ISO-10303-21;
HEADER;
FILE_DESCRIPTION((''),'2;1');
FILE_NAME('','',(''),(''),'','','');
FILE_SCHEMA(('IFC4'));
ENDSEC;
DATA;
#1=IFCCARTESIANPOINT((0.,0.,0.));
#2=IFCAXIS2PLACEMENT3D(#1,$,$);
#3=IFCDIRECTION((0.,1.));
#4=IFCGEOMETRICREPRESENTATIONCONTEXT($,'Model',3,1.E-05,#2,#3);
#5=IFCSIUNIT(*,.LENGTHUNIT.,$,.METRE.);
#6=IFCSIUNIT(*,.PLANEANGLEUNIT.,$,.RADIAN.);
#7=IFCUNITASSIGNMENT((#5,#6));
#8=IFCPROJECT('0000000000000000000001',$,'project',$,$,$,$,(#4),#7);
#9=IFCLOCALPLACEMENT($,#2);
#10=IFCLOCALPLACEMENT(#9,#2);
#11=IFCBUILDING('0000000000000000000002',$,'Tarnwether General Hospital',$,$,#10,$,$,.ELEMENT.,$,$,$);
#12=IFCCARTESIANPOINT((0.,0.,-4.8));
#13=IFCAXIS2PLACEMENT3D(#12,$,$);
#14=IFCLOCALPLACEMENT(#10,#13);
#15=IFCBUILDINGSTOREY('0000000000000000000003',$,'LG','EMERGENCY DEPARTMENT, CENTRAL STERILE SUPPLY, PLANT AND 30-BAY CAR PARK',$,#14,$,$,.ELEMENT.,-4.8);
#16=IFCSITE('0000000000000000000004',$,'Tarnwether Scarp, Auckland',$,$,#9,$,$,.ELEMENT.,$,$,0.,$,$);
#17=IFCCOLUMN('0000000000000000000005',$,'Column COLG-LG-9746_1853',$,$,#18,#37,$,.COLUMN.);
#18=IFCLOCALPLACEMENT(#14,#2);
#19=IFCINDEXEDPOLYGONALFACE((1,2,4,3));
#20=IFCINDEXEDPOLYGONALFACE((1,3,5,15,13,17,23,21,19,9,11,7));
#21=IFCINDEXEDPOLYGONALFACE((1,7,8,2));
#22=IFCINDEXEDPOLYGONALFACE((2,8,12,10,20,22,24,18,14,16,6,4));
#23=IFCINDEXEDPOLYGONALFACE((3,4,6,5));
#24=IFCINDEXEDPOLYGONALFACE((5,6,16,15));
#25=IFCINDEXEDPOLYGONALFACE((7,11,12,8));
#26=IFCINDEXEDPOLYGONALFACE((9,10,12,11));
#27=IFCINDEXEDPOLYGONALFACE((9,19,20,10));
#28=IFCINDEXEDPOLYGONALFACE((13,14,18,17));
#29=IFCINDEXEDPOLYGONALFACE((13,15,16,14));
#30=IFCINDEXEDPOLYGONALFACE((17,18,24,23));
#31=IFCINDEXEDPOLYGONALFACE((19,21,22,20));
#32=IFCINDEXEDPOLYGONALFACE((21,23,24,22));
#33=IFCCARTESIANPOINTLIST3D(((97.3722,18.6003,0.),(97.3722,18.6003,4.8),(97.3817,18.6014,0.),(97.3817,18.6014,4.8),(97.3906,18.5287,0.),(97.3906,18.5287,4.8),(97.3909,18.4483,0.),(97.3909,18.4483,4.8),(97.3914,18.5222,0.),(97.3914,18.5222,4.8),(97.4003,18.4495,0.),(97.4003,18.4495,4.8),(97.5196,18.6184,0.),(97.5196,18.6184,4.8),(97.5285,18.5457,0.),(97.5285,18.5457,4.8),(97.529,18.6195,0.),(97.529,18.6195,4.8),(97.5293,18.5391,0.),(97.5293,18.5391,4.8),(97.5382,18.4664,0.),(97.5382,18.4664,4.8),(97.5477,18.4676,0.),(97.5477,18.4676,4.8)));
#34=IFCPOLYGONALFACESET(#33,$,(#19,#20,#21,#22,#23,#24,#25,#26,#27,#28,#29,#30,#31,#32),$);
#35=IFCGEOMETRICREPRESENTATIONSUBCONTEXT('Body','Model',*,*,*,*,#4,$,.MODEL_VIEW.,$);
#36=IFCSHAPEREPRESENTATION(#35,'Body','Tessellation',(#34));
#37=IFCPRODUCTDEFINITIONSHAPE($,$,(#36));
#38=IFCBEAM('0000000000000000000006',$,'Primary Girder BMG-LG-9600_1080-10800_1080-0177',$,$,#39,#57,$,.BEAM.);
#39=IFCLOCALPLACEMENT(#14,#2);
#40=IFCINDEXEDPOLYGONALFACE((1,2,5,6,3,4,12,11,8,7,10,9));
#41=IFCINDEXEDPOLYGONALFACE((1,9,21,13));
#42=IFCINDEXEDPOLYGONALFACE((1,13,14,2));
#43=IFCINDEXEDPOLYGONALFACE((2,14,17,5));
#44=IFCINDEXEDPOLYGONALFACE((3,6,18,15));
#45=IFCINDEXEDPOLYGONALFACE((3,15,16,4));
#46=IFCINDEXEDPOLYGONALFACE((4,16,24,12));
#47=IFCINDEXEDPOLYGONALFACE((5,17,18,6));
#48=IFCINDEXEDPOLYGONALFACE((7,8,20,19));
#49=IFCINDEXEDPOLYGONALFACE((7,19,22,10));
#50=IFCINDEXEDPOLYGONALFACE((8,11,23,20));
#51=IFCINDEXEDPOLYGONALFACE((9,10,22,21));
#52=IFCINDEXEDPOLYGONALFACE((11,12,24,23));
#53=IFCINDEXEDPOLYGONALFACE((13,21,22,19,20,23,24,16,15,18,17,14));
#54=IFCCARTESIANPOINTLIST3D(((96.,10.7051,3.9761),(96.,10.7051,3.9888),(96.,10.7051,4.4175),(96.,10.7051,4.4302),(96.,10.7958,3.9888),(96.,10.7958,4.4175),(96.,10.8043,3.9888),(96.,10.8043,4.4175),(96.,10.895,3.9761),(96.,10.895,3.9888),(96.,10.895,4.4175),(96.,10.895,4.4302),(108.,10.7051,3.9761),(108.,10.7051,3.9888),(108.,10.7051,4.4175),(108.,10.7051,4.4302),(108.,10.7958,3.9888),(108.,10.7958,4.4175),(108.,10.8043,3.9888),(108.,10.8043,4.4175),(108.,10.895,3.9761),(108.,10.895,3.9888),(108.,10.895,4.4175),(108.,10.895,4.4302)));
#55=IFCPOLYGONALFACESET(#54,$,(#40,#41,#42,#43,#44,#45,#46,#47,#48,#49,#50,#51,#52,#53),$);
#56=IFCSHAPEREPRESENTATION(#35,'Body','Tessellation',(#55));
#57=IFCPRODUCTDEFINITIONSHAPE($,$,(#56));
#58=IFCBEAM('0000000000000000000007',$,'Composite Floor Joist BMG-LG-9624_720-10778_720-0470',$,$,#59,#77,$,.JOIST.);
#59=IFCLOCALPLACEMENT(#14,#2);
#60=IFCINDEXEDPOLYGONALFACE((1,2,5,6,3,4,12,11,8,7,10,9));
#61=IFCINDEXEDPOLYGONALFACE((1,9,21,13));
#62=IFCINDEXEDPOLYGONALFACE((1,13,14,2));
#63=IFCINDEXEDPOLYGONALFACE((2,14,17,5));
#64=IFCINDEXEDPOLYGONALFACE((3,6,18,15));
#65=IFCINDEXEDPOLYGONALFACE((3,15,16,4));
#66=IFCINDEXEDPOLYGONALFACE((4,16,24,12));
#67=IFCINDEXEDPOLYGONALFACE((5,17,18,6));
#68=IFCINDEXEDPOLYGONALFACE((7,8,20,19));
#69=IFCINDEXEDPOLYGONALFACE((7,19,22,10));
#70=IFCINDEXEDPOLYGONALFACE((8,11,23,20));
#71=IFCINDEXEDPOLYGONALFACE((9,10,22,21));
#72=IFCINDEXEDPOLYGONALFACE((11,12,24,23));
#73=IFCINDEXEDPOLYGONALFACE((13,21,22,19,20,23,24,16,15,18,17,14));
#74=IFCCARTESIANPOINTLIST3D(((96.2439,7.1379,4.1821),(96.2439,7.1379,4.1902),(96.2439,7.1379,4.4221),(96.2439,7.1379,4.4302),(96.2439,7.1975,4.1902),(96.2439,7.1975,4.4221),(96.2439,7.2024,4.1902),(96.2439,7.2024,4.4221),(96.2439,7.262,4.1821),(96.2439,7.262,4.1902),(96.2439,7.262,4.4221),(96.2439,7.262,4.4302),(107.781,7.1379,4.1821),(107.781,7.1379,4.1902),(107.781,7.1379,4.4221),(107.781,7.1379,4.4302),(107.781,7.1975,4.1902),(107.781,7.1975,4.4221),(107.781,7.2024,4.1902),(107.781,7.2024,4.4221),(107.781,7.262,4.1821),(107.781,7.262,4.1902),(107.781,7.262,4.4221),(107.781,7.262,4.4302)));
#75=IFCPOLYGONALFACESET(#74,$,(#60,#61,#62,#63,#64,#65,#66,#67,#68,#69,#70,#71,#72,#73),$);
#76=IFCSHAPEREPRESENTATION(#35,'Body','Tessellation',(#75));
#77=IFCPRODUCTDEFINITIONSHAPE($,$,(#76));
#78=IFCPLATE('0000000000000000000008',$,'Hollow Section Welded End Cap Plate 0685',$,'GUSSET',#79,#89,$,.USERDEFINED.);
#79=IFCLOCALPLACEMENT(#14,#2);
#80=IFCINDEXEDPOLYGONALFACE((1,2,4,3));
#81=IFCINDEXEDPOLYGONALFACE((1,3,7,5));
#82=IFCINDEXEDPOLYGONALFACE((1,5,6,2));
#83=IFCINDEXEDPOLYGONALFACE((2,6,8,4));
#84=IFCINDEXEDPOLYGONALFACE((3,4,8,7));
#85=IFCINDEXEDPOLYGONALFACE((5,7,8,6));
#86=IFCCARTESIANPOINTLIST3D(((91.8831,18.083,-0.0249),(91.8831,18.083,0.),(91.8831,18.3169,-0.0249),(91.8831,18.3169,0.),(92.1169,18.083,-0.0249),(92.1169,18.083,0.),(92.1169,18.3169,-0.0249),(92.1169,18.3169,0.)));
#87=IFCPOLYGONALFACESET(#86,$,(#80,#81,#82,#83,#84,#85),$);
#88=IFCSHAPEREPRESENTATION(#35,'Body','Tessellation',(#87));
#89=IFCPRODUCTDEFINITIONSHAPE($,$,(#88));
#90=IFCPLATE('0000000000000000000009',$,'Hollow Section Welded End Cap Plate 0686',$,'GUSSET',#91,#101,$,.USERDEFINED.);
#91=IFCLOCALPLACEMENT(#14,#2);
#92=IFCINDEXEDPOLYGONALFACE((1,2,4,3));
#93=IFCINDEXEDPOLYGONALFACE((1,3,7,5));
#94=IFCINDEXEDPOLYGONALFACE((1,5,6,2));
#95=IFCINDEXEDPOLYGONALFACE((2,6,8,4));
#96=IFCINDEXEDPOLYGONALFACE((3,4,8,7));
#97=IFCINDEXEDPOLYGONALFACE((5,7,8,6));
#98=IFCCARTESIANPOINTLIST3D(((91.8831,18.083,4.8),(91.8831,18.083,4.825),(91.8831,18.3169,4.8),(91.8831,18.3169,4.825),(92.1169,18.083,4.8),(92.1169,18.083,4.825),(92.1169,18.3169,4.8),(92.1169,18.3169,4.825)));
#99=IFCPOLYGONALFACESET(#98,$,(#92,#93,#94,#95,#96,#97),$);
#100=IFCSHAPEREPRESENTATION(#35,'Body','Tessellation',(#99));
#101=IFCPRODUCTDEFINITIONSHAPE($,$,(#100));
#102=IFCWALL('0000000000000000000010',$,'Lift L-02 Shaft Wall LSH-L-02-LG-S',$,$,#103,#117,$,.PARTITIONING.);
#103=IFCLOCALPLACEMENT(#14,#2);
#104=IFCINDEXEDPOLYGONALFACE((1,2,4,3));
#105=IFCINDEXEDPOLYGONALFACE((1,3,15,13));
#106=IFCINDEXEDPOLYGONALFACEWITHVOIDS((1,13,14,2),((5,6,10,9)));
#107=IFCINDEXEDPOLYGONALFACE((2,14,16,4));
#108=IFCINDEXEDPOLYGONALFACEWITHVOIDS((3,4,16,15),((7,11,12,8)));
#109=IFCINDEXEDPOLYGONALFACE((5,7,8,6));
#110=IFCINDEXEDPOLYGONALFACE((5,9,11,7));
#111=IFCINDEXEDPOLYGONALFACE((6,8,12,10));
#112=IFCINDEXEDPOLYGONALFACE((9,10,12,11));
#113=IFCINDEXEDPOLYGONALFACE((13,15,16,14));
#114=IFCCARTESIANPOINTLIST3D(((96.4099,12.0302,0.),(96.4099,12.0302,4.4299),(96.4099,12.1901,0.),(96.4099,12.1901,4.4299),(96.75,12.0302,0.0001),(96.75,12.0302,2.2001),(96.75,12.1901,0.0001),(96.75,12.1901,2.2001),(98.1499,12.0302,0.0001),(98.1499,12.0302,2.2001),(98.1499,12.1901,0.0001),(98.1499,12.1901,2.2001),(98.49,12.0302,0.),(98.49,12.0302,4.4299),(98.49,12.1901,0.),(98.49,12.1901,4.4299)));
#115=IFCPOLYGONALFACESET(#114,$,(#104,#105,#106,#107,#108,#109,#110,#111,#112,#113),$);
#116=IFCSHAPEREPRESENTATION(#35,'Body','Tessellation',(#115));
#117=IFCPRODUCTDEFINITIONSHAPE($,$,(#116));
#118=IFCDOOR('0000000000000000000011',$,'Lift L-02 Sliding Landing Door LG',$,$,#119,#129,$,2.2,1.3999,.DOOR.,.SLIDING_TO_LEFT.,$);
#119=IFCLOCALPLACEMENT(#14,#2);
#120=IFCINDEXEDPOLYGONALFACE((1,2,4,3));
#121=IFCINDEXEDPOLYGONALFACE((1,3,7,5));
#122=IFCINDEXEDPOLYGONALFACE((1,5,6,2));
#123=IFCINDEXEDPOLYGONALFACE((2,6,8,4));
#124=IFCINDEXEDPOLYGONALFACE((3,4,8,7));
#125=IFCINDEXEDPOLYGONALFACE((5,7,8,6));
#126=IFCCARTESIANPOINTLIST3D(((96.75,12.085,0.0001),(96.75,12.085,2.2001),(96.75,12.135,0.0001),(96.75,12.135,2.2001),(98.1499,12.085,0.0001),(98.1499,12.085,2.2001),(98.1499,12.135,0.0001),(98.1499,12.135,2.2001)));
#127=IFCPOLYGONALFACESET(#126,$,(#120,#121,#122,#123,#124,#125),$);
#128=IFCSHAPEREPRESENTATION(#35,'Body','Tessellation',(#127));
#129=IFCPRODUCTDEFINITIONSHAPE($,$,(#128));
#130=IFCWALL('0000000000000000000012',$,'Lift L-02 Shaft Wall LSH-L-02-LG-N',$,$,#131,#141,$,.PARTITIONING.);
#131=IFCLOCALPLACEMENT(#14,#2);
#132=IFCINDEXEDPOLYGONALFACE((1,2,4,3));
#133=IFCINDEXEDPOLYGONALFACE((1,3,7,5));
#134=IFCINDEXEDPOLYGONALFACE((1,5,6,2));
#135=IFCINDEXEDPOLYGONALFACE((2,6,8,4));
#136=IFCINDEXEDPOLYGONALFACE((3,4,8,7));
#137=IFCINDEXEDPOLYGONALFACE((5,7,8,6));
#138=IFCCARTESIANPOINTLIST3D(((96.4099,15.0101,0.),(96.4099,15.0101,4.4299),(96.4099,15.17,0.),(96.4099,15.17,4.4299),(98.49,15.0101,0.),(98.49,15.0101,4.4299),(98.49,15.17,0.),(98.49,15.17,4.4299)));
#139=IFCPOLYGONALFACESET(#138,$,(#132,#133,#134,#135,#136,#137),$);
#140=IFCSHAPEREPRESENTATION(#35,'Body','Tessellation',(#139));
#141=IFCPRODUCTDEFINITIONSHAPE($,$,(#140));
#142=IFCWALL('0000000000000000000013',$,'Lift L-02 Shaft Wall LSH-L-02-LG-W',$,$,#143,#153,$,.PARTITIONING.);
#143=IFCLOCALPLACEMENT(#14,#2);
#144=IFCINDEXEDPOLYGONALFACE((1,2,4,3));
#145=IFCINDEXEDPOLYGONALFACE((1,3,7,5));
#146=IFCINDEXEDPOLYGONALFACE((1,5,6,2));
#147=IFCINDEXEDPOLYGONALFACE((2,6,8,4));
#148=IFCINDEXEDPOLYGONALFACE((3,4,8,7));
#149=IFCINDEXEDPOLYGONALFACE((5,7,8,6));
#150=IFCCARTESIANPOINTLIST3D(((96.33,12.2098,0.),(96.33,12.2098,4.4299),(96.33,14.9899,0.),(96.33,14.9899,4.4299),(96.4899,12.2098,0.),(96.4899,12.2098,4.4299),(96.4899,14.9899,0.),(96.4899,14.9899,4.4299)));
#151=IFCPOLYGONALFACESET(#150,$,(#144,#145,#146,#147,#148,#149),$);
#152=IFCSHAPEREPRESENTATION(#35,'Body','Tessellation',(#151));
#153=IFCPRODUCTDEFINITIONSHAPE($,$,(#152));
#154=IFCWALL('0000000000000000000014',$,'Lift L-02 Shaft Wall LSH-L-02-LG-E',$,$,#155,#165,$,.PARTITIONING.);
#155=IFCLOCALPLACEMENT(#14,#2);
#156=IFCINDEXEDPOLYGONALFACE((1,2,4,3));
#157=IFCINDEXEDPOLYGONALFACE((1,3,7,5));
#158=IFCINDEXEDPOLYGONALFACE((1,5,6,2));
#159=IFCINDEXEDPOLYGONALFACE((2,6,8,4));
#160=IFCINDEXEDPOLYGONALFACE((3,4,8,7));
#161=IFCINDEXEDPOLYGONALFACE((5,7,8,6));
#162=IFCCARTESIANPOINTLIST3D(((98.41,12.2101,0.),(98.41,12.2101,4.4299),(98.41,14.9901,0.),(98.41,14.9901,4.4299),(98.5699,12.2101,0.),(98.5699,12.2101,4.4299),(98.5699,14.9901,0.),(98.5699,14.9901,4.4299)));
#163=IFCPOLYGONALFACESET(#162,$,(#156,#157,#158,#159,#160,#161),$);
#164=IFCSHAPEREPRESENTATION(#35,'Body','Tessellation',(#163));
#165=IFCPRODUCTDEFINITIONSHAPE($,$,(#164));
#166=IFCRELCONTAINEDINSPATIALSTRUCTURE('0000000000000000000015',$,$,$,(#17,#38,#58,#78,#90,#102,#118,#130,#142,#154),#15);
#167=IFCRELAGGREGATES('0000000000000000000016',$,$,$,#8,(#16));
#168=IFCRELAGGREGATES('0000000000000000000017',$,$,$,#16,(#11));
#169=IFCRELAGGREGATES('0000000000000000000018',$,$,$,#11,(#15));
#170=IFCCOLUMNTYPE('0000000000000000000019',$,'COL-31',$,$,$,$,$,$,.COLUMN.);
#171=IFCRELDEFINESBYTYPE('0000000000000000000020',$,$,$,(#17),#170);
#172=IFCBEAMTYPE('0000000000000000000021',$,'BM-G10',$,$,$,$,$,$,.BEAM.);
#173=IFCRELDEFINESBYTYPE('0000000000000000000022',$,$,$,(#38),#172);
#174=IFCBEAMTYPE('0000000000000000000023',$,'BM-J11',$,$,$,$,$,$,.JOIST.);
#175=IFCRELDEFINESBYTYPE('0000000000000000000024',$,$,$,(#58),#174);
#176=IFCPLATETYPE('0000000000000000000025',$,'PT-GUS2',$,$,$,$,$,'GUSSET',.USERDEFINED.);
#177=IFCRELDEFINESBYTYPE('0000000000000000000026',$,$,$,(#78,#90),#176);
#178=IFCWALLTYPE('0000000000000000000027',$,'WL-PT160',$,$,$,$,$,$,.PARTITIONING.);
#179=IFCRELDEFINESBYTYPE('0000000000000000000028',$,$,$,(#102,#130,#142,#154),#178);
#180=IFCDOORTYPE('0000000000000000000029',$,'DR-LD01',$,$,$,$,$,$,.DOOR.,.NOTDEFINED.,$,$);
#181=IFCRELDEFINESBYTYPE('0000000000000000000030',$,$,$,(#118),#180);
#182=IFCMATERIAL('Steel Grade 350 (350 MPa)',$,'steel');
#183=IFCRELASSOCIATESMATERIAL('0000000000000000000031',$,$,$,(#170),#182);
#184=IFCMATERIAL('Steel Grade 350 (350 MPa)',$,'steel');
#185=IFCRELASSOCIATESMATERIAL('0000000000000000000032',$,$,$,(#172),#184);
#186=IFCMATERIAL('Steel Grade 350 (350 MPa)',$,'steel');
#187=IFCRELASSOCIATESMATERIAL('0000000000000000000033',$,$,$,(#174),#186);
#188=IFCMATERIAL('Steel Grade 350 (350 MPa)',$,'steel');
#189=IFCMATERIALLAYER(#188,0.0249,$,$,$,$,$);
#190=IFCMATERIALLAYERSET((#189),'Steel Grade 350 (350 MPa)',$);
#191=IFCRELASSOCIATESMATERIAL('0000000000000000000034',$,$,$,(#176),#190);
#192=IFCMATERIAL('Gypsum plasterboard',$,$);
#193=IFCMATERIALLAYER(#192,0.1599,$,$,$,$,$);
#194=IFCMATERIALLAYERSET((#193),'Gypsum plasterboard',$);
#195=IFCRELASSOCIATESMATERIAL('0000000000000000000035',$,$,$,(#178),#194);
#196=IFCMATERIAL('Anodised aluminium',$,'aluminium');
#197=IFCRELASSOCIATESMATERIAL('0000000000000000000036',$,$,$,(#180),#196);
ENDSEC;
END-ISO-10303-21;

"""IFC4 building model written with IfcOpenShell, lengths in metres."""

from ifc_helpers import new_model, si_unit, direction, frame, frame_2d, origin, origin_2d, place, context, subcontext, project, spatial, rectangle, i_section, extrude, material, layer, layer_set, material_profile, profile_set, type_object, element, fill, save


model = new_model("IFC4")

# Units and contexts
model_context = context("Model", 3, precision=1e-05, world=origin(), true_north=direction((0.0, 1.0)))
body_context = subcontext(model_context, "Body", "Model", "MODEL_VIEW")
ifc_project = project(units=[si_unit("LENGTHUNIT", "METRE"), si_unit("PLANEANGLEUNIT", "RADIAN")], contexts=[model_context])

# Site, building, storey
site_placement = place(None, origin())
site = spatial("IfcSite", under=ifc_project, at=site_placement, Name="Tarnwether Scarp, Auckland", CompositionType="ELEMENT", RefElevation=0.0)
building_placement = place(site_placement, origin())
building = spatial("IfcBuilding", under=site, at=building_placement, Name="Tarnwether General Hospital", CompositionType="ELEMENT")
storey_placement = place(building_placement, frame((0.0, 0.0, -4.8)))
storey = spatial("IfcBuildingStorey", under=building, at=storey_placement, Name="LG", Description="EMERGENCY DEPARTMENT, CENTRAL STERILE SUPPLY, PLANT AND 30-BAY CAR PARK", CompositionType="ELEMENT", Elevation=-4.8)

# Column
ifc_material_1 = material(Name="Steel Grade 350 (350 MPa)", Category="steel")
ifc_material_profile_1 = material_profile(ifc_material_1, i_section(OverallWidth=0.1531, OverallDepth=0.158, WebThickness=0.0066, FlangeThickness=0.0095, at=origin_2d()), Name="150UC30.0")
ifc_profile_set_1 = profile_set([ifc_material_profile_1], Name="Steel Grade 350 (350 MPa)")
column_type_1 = type_object("IfcColumnType", Name="COL-31", PredefinedType="COLUMN", material=ifc_profile_set_1)
column_1_placement = place(storey_placement, frame((97.46, 18.5339, 0.0), z_axis=(0.0, 0.0, 1.0), x_axis=(-0.121869, 0.992546, 0.0)))
element("IfcColumn", 1, at=column_1_placement, inside=storey, type_object=column_type_1, Name="Column COLG-LG-9746_1853", PredefinedType="COLUMN", context=body_context, shape_type="SweptSolid", body=[
    extrude(i_section(OverallWidth=0.1531, OverallDepth=0.158, WebThickness=0.0066, FlangeThickness=0.0095, at=origin_2d()), origin(), (0.0, 0.0, 1.0), 4.8),
])

# Beams
ifc_material_2 = material(Name="Steel Grade 350 (350 MPa)", Category="steel")
ifc_material_profile_2 = material_profile(ifc_material_2, i_section(OverallWidth=0.1899, OverallDepth=0.4541, WebThickness=0.0085, FlangeThickness=0.0127, at=origin_2d()), Name="460UB67.1")
ifc_profile_set_2 = profile_set([ifc_material_profile_2], Name="Steel Grade 350 (350 MPa)")
beam_type_1 = type_object("IfcBeamType", Name="BM-G10", PredefinedType="BEAM", material=ifc_profile_set_2)
beam_1_placement = place(storey_placement, frame((96.0, 10.8, 4.2031), z_axis=(1.0, 0.0, 0.0), x_axis=(0.0, 1.0, 0.0)))
element("IfcBeam", 2, at=beam_1_placement, inside=storey, type_object=beam_type_1, Name="Primary Girder BMG-LG-9600_1080-10800_1080-0177", PredefinedType="BEAM", context=body_context, shape_type="SweptSolid", body=[
    extrude(i_section(OverallWidth=0.1899, OverallDepth=0.4541, WebThickness=0.0085, FlangeThickness=0.0127, at=origin_2d()), origin(), (0.0, 0.0, 1.0), 12.0),
])
ifc_material_3 = material(Name="Steel Grade 350 (350 MPa)", Category="steel")
ifc_material_profile_3 = material_profile(ifc_material_3, i_section(OverallWidth=0.124, OverallDepth=0.248, WebThickness=0.0049, FlangeThickness=0.0081, at=origin_2d()), Name="250UB25.7")
ifc_profile_set_3 = profile_set([ifc_material_profile_3], Name="Steel Grade 350 (350 MPa)")
beam_type_2 = type_object("IfcBeamType", Name="BM-J11", PredefinedType="JOIST", material=ifc_profile_set_3)
beam_2_placement = place(storey_placement, frame((96.2439, 7.2, 4.3062), z_axis=(1.0, 0.0, 0.0), x_axis=(0.0, 1.0, 0.0)))
element("IfcBeam", 3, at=beam_2_placement, inside=storey, type_object=beam_type_2, Name="Composite Floor Joist BMG-LG-9624_720-10778_720-0470", PredefinedType="JOIST", context=body_context, shape_type="SweptSolid", body=[
    extrude(i_section(OverallWidth=0.124, OverallDepth=0.248, WebThickness=0.0049, FlangeThickness=0.0081, at=origin_2d()), origin(), (0.0, 0.0, 1.0), 11.5371),
])

# Plates
ifc_material_4 = material(Name="Steel Grade 350 (350 MPa)", Category="steel")
ifc_layer_1 = layer(ifc_material_4, 0.0249)
ifc_layer_set_1 = layer_set([ifc_layer_1], Name="Steel Grade 350 (350 MPa)")
plate_type = type_object("IfcPlateType", Name="PT-GUS2", ElementType="GUSSET", PredefinedType="USERDEFINED", material=ifc_layer_set_1)
for number, where, z_axis, x_axis, name in (
    (4, (92.0, 18.2, -0.0249), (0.0, 0.0, 1.0), (1.0, 0.0, 0.0), "Hollow Section Welded End Cap Plate 0685"),
    (5, (92.0, 18.2, 4.8), (0.0, 0.0, 1.0), (1.0, 0.0, 0.0), "Hollow Section Welded End Cap Plate 0686"),
):
    element("IfcPlate", number, at=place(storey_placement, frame(where, z_axis=z_axis, x_axis=x_axis)), inside=storey, type_object=plate_type, Name=name, ObjectType="GUSSET", PredefinedType="USERDEFINED", context=body_context, shape_type="SweptSolid", body=[
        extrude(rectangle(XDim=0.2339, YDim=0.2339, at=origin_2d()), origin(), (0.0, 0.0, 1.0), 0.0249),
    ])

# Wall, opening, door
ifc_material_5 = material(Name="Gypsum plasterboard")
ifc_layer_2 = layer(ifc_material_5, 0.1599)
ifc_layer_set_2 = layer_set([ifc_layer_2], Name="Gypsum plasterboard")
wall_type_1 = type_object("IfcWallType", Name="WL-PT160", PredefinedType="PARTITIONING", material=ifc_layer_set_2)
wall_1_placement = place(storey_placement, frame((96.4099, 12.1101, 0.0), z_axis=(0.0, 0.0, 1.0), x_axis=(1.0, 0.0, 0.0)))
wall_1 = element("IfcWall", 6, at=wall_1_placement, inside=storey, type_object=wall_type_1, Name="Lift L-02 Shaft Wall LSH-L-02-LG-S", PredefinedType="PARTITIONING", context=body_context, shape_type="SweptSolid", body=[
    extrude(rectangle(XDim=2.0801, YDim=0.1599, at=frame_2d((1.04, 0.0))), origin(), (0.0, 0.0, 1.0), 4.4299),
])
opening_1_placement = place(wall_1_placement, frame((0.3401, 0.0, 0.0)))
opening_1 = element("IfcOpeningElement", 7, at=opening_1_placement, cuts=wall_1, PredefinedType="OPENING", context=body_context, shape_type="SweptSolid", body=[
    extrude(rectangle(XDim=1.3999, YDim=2.2, at=frame_2d((0.7, 1.1001))), frame((0.0, 0.0898, 0.0), z_axis=(0.0, -1.0, 0.0), x_axis=(1.0, 0.0, 0.0)), (0.0, 0.0, 1.0), 0.1799),
])
ifc_material_6 = material(Name="Anodised aluminium", Category="aluminium")
door_type_1 = type_object("IfcDoorType", Name="DR-LD01", OperationType="NOTDEFINED", PredefinedType="DOOR", material=ifc_material_6)
door_1_placement = place(opening_1_placement, origin())
door_1 = element("IfcDoor", 8, at=door_1_placement, inside=storey, type_object=door_type_1, Name="Lift L-02 Sliding Landing Door LG", OperationType="SLIDING_TO_LEFT", OverallHeight=2.2, OverallWidth=1.3999, PredefinedType="DOOR", context=body_context, shape_type="SweptSolid", body=[
    extrude(rectangle(XDim=1.3999, YDim=2.2, at=frame_2d((0.7, 1.1001))), frame((0.0, 0.0249, 0.0), z_axis=(0.0, -1.0, 0.0), x_axis=(1.0, 0.0, 0.0)), (0.0, 0.0, 1.0), 0.05),
])
fill(opening_1, door_1)

# Walls
wall_2_placement = place(storey_placement, frame((98.49, 15.0901, 0.0), z_axis=(0.0, 0.0, 1.0), x_axis=(-1.0, 0.0, 0.0)))
element("IfcWall", 9, at=wall_2_placement, inside=storey, type_object=wall_type_1, Name="Lift L-02 Shaft Wall LSH-L-02-LG-N", PredefinedType="PARTITIONING", context=body_context, shape_type="SweptSolid", body=[
    extrude(rectangle(XDim=2.0801, YDim=0.1599, at=frame_2d((1.04, 0.0))), origin(), (0.0, 0.0, 1.0), 4.4299),
])
for number, where, z_axis, x_axis, name in (
    (10, (96.4099, 14.99, 0.0), (0.0, 0.0, 1.0), (0.0, -1.0, 0.0), "Lift L-02 Shaft Wall LSH-L-02-LG-W"),
    (11, (98.49, 12.21, 0.0), (0.0, 0.0, 1.0), (0.0, 1.0, 0.0), "Lift L-02 Shaft Wall LSH-L-02-LG-E"),
):
    element("IfcWall", number, at=place(storey_placement, frame(where, z_axis=z_axis, x_axis=x_axis)), inside=storey, type_object=wall_type_1, Name=name, PredefinedType="PARTITIONING", context=body_context, shape_type="SweptSolid", body=[
        extrude(rectangle(XDim=2.78, YDim=0.1599, at=frame_2d((1.3901, 0.0))), origin(), (0.0, 0.0, 1.0), 4.4299),
    ])

save(model, "model.ifc")
